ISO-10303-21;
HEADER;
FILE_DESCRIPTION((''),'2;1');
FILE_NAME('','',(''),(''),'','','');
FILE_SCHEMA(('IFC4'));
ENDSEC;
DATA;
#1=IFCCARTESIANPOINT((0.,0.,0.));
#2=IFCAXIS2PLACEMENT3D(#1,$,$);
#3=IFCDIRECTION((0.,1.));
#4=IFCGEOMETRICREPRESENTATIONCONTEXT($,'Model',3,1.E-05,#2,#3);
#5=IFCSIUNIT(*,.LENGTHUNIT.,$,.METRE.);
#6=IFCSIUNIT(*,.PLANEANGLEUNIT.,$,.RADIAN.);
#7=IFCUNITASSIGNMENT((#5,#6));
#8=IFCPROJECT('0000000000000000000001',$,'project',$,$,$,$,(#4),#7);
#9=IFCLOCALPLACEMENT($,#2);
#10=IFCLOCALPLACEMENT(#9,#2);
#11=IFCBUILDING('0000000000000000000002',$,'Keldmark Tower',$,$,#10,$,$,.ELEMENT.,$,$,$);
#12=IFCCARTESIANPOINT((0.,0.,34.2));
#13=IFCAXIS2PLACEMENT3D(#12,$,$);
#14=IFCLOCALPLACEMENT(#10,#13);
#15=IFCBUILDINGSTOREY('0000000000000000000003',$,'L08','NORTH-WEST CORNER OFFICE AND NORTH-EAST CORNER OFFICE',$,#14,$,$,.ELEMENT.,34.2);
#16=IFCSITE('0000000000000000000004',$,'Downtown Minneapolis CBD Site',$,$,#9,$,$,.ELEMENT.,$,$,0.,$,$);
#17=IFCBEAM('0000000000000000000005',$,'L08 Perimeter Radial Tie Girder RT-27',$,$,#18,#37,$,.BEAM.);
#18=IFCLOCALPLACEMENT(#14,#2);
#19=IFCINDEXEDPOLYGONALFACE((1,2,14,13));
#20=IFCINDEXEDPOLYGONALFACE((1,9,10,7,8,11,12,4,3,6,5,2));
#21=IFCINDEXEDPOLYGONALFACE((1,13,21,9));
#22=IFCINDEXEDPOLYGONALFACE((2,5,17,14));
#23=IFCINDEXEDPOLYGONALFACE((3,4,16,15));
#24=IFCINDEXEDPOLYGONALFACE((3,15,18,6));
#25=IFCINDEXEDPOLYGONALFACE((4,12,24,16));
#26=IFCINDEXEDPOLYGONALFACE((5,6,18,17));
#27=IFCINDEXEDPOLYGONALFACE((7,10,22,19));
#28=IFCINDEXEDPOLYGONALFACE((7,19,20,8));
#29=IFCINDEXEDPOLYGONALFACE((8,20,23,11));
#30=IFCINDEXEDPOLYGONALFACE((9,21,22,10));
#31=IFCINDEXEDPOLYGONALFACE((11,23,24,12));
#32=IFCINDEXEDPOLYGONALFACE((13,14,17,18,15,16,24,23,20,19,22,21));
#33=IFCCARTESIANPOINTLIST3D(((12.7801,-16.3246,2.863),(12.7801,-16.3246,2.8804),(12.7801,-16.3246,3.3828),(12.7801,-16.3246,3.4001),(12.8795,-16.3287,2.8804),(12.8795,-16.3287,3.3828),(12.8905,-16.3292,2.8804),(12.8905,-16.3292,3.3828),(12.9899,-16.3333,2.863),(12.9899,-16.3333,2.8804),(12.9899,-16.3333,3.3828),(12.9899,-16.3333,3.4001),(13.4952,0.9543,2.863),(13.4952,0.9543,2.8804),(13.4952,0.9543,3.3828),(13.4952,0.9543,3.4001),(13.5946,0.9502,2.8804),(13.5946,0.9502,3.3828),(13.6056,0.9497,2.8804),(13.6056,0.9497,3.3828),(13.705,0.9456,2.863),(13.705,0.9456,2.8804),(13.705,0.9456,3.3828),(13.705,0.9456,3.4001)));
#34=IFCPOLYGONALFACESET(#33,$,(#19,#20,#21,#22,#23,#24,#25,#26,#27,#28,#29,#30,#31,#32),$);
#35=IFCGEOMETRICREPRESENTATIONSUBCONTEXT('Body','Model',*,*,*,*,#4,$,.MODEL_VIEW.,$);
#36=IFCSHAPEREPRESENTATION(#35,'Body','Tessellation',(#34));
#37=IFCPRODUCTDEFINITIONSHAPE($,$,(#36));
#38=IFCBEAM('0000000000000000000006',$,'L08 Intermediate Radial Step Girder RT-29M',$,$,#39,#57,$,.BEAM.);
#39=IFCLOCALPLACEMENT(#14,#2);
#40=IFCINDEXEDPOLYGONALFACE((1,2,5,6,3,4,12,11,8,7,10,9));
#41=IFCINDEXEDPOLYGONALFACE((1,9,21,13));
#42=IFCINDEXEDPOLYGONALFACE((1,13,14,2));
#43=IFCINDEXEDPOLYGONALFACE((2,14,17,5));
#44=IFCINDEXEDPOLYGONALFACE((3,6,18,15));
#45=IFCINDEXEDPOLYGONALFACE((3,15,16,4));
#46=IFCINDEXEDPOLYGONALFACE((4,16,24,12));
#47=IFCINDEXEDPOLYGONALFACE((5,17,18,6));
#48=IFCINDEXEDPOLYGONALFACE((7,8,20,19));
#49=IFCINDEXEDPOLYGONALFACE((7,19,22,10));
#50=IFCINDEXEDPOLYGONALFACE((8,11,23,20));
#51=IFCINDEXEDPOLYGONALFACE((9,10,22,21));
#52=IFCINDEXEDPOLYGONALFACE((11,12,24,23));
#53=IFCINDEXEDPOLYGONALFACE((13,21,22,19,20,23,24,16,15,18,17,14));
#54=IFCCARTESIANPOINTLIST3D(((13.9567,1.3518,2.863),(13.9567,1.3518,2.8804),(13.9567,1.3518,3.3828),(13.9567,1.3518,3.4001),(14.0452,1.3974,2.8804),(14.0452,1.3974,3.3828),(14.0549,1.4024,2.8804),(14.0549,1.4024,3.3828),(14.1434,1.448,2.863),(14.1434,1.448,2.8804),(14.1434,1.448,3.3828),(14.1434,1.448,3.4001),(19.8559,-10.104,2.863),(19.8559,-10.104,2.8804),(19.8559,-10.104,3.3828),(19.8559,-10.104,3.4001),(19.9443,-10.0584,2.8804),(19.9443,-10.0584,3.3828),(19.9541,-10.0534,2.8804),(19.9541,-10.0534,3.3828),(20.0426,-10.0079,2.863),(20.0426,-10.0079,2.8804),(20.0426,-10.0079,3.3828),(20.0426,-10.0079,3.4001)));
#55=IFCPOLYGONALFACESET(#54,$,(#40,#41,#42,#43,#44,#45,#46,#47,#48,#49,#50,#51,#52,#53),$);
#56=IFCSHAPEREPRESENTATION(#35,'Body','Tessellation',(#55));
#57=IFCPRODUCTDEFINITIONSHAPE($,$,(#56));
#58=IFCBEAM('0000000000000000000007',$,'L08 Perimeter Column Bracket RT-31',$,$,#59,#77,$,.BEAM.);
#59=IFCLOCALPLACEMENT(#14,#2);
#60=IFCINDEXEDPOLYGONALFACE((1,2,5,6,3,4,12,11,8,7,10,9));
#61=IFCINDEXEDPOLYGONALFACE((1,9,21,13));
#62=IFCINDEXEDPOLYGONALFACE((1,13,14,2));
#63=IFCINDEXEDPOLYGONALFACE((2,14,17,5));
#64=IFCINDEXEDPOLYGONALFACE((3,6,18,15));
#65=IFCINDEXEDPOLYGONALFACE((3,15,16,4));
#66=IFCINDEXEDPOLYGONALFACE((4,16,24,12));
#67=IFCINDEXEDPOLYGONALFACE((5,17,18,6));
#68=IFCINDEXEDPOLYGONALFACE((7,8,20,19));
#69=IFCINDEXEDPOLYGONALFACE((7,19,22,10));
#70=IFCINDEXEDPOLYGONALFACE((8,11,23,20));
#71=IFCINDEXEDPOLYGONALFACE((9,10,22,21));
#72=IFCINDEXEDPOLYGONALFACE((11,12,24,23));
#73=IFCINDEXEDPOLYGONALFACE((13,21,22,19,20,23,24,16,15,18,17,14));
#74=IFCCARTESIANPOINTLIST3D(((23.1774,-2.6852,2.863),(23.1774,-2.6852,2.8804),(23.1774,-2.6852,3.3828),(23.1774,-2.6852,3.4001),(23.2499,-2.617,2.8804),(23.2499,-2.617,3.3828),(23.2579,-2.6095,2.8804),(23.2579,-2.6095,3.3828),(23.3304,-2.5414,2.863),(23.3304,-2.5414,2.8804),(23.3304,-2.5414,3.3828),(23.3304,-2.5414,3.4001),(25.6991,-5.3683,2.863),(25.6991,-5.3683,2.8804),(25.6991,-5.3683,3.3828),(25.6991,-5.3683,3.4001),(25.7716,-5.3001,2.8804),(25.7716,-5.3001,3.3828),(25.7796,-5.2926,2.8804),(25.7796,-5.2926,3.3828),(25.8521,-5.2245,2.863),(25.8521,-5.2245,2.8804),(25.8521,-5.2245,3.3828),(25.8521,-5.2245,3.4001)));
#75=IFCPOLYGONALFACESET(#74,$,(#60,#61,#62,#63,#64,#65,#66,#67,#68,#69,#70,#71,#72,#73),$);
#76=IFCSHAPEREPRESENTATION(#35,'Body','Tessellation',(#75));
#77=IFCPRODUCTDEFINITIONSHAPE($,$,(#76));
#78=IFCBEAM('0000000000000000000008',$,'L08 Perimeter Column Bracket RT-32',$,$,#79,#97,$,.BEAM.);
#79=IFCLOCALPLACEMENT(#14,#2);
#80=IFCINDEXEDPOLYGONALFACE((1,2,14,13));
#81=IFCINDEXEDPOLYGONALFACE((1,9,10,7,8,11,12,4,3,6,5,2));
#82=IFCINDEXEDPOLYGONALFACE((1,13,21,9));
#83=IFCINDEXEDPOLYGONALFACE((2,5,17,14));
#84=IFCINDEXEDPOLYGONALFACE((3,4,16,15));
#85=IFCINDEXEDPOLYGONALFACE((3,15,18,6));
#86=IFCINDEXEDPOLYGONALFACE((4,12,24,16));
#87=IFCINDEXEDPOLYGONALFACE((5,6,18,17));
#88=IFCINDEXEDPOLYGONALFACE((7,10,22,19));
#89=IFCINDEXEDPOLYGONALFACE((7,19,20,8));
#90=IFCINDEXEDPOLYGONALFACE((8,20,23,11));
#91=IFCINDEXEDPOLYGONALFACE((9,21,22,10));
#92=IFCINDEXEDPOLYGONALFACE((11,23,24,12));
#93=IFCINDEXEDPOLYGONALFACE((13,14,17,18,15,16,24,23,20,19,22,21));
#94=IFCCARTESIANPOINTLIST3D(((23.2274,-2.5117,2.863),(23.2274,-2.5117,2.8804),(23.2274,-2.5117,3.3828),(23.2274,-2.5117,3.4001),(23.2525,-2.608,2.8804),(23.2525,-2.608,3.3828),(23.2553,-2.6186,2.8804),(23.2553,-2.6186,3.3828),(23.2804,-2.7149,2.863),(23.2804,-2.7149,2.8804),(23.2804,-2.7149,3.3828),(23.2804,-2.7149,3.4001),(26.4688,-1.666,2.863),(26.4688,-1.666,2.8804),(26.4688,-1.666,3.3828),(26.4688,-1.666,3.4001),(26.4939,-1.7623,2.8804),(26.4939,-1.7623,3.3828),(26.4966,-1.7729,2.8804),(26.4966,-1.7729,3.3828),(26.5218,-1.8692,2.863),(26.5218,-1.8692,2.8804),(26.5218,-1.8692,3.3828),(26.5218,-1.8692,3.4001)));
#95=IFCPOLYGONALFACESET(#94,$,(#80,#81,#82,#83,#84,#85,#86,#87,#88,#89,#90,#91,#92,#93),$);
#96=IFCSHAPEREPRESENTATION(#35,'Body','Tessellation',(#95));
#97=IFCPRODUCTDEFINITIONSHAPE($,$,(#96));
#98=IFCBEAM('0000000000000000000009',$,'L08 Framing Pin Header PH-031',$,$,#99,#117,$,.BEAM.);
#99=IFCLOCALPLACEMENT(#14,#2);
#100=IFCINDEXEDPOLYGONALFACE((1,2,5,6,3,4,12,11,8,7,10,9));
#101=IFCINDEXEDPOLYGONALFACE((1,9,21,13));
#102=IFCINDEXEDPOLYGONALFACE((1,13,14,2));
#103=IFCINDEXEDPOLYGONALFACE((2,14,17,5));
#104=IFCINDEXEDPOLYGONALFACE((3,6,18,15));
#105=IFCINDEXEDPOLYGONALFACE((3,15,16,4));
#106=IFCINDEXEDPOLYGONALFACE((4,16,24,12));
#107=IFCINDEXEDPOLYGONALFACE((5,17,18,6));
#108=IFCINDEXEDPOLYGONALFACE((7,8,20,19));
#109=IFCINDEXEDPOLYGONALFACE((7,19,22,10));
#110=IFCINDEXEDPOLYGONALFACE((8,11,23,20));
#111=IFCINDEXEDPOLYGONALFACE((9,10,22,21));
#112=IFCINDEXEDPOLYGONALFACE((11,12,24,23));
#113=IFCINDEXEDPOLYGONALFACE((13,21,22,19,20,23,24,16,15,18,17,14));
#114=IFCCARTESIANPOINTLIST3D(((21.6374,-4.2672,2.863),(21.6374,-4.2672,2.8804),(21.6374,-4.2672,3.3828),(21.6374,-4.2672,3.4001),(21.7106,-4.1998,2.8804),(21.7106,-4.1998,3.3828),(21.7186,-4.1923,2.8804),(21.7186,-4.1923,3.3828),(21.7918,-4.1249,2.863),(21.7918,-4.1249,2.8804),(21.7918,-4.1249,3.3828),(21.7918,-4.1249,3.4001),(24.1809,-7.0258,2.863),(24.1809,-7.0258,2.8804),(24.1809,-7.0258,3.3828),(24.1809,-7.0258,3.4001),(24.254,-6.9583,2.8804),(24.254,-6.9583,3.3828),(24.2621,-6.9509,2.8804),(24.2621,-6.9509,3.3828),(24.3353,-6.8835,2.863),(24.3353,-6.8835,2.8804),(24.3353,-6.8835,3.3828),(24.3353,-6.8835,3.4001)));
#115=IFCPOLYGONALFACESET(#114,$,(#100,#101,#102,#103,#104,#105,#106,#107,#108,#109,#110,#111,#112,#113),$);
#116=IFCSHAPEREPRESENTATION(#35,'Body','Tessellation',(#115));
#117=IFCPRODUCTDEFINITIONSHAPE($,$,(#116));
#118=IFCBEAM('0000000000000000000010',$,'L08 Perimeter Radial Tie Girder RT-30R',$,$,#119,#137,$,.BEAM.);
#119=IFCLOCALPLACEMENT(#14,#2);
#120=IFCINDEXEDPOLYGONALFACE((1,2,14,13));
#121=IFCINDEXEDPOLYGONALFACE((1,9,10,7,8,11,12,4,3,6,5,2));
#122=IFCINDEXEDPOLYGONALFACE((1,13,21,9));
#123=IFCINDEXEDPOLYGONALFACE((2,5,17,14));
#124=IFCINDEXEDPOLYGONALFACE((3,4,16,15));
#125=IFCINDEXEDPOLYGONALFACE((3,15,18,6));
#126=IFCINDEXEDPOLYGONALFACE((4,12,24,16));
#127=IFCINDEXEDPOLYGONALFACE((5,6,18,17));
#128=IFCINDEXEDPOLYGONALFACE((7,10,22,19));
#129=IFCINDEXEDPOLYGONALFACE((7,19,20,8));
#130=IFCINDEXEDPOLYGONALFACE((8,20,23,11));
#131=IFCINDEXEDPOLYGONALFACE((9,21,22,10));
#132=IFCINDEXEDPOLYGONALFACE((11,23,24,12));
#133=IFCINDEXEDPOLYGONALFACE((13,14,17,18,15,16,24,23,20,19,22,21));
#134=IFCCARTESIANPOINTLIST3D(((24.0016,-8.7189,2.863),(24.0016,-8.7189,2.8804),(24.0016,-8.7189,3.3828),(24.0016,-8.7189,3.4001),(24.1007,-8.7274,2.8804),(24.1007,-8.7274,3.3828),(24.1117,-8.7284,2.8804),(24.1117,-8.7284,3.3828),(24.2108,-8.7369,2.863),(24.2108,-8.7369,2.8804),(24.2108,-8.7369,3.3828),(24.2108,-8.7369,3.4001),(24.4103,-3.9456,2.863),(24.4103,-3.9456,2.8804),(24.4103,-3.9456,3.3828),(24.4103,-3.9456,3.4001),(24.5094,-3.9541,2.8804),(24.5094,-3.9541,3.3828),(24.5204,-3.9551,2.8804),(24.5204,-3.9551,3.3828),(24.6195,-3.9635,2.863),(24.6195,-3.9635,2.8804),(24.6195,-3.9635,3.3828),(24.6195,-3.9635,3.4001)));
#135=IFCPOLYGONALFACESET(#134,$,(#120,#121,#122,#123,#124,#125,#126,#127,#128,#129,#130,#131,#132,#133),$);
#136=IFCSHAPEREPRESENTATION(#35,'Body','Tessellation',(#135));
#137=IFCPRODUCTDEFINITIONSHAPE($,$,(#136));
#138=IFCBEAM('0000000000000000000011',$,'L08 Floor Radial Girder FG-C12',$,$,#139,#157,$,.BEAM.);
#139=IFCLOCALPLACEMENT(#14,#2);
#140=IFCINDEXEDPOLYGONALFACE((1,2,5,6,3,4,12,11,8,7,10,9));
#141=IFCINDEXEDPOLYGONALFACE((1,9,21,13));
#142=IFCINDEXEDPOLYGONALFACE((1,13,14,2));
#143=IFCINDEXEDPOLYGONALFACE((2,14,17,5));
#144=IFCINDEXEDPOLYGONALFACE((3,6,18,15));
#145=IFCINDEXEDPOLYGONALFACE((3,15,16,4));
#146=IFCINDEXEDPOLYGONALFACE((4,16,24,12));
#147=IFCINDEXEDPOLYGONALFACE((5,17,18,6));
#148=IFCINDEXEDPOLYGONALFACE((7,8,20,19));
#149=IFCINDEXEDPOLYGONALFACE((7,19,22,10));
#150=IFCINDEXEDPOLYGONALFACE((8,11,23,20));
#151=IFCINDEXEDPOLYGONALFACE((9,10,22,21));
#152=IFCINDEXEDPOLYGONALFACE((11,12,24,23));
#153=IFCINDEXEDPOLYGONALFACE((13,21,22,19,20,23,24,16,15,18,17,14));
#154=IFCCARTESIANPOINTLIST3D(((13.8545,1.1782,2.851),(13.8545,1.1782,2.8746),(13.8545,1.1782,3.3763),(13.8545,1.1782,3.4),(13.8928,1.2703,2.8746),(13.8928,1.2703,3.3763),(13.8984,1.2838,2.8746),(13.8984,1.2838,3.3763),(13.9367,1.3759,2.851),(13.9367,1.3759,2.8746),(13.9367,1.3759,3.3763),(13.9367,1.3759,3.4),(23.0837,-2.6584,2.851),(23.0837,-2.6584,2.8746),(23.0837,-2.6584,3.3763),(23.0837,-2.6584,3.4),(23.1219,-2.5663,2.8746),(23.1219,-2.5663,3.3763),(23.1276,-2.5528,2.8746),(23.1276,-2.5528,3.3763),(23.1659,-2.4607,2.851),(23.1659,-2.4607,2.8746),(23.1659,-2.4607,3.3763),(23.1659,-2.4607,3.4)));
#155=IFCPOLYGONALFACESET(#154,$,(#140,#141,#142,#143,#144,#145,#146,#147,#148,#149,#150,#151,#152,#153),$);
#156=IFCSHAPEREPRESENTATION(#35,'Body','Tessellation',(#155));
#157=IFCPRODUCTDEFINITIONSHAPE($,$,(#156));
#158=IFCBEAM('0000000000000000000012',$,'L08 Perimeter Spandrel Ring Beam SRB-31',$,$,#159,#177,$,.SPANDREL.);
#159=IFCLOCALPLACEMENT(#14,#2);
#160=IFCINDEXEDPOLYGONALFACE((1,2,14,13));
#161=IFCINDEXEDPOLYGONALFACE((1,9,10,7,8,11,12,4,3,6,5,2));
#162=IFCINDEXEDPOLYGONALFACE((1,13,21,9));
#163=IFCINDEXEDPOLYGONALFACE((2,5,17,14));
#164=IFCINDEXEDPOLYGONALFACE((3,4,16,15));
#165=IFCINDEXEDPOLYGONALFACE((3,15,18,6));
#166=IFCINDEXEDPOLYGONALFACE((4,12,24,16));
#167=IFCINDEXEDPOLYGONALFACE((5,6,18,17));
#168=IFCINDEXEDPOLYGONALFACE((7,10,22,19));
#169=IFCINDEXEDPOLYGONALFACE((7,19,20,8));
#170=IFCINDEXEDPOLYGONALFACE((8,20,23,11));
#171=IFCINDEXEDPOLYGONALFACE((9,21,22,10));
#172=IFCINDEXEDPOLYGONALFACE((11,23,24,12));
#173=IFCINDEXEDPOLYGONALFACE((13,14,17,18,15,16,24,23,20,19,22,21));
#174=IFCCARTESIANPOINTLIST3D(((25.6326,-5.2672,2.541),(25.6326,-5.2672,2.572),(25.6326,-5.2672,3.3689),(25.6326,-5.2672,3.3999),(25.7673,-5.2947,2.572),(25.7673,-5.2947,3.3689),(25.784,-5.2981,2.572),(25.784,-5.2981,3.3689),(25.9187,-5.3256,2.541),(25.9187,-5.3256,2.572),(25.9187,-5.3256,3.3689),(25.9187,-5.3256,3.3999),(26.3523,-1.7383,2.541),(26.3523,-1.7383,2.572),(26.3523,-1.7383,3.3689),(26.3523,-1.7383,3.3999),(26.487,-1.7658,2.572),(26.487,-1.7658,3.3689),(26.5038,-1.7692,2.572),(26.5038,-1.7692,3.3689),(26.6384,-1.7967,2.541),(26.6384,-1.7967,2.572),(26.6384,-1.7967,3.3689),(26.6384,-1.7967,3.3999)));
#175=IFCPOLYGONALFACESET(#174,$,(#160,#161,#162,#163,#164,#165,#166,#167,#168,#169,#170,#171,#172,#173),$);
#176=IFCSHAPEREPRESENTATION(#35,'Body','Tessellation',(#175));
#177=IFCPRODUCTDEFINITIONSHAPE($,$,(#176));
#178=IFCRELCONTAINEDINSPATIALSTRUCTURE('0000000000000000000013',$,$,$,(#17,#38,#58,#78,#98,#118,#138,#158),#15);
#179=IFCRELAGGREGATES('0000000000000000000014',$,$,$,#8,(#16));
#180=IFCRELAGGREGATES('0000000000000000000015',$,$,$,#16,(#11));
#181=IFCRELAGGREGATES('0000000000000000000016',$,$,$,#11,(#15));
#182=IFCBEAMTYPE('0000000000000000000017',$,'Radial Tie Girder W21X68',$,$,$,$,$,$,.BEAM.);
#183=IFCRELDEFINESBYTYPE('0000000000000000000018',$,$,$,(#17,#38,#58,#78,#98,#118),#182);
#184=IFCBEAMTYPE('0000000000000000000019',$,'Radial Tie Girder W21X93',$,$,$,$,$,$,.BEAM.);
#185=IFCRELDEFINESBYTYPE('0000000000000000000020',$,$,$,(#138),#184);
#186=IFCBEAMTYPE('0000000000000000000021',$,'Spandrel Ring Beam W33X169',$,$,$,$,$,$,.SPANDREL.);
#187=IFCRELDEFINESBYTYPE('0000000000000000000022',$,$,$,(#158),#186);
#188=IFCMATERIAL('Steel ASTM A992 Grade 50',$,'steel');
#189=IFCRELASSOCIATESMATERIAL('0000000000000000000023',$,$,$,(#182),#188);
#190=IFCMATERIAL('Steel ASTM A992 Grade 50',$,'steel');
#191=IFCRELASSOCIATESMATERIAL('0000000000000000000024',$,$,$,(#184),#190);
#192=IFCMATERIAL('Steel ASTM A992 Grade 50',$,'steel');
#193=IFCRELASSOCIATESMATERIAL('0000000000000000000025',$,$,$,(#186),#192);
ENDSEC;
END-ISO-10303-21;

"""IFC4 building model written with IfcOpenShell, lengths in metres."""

from ifc_helpers import new_model, si_unit, direction, frame, origin, origin_2d, place, context, subcontext, project, spatial, i_section, extrude, material, material_profile, profile_set, type_object, element, save


model = new_model("IFC4")

# Units and contexts
model_context = context("Model", 3, precision=1e-05, world=origin(), true_north=direction((0.0, 1.0)))
body_context = subcontext(model_context, "Body", "Model", "MODEL_VIEW")
ifc_project = project(units=[si_unit("LENGTHUNIT", "METRE"), si_unit("PLANEANGLEUNIT", "RADIAN")], contexts=[model_context])

# Site, building, storey
site_placement = place(None, origin())
site = spatial("IfcSite", under=ifc_project, at=site_placement, Name="Downtown Minneapolis CBD Site", CompositionType="ELEMENT", RefElevation=0.0)
building_placement = place(site_placement, origin())
building = spatial("IfcBuilding", under=site, at=building_placement, Name="Keldmark Tower", CompositionType="ELEMENT")
storey_placement = place(building_placement, frame((0.0, 0.0, 34.2)))
storey = spatial("IfcBuildingStorey", under=building, at=storey_placement, Name="L08", Description="NORTH-WEST CORNER OFFICE AND NORTH-EAST CORNER OFFICE", CompositionType="ELEMENT", Elevation=34.2)

# Beams
ifc_material_1 = material(Name="Steel ASTM A992 Grade 50", Category="steel")
ifc_material_profile_1 = material_profile(ifc_material_1, i_section(OverallWidth=0.21, OverallDepth=0.5371, WebThickness=0.011, FlangeThickness=0.0173, at=origin_2d()), Name="W21X68")
ifc_profile_set_1 = profile_set([ifc_material_profile_1], Name="Steel ASTM A992 Grade 50")
beam_type_1 = type_object("IfcBeamType", Name="Radial Tie Girder W21X68", PredefinedType="BEAM", material=ifc_profile_set_1)
beam_1_placement = place(storey_placement, frame((13.6001, 0.95, 3.1316), z_axis=(-0.04135, -0.999145, 0.0), x_axis=(0.999145, -0.04135, 0.0)))
element("IfcBeam", 1, at=beam_1_placement, inside=storey, type_object=beam_type_1, Name="L08 Perimeter Radial Tie Girder RT-27", PredefinedType="BEAM", context=body_context, shape_type="SweptSolid", body=[
    extrude(i_section(OverallWidth=0.21, OverallDepth=0.5371, WebThickness=0.011, FlangeThickness=0.0173, at=origin_2d()), origin(), (0.0, 0.0, 1.0), 17.2937),
])
beam_2_placement = place(storey_placement, frame((14.05, 1.3999, 3.1316), z_axis=(0.457815, -0.889047, 0.0), x_axis=(0.889047, 0.457815, 0.0)))
element("IfcBeam", 2, at=beam_2_placement, inside=storey, type_object=beam_type_1, Name="L08 Intermediate Radial Step Girder RT-29M", PredefinedType="BEAM", context=body_context, shape_type="SweptSolid", body=[
    extrude(i_section(OverallWidth=0.21, OverallDepth=0.5371, WebThickness=0.011, FlangeThickness=0.0173, at=origin_2d()), origin(), (0.0, 0.0, 1.0), 12.8855),
])
beam_3_placement = place(storey_placement, frame((23.2539, -2.6133, 3.1316), z_axis=(0.684854, -0.728681, 0.0), x_axis=(0.728681, 0.684854, 0.0)))
element("IfcBeam", 3, at=beam_3_placement, inside=storey, type_object=beam_type_1, Name="L08 Perimeter Column Bracket RT-31", PredefinedType="BEAM", context=body_context, shape_type="SweptSolid", body=[
    extrude(i_section(OverallWidth=0.21, OverallDepth=0.5371, WebThickness=0.011, FlangeThickness=0.0173, at=origin_2d()), origin(), (0.0, 0.0, 1.0), 3.6821),
])
beam_4_placement = place(storey_placement, frame((23.2539, -2.6133, 3.1316), z_axis=(0.96761, 0.252452, 0.0), x_axis=(-0.252452, 0.96761, 0.0)))
element("IfcBeam", 4, at=beam_4_placement, inside=storey, type_object=beam_type_1, Name="L08 Perimeter Column Bracket RT-32", PredefinedType="BEAM", context=body_context, shape_type="SweptSolid", body=[
    extrude(i_section(OverallWidth=0.21, OverallDepth=0.5371, WebThickness=0.011, FlangeThickness=0.0173, at=origin_2d()), origin(), (0.0, 0.0, 1.0), 3.3499),
])
beam_5_placement = place(storey_placement, frame((21.7146, -4.196, 3.1316), z_axis=(0.677864, -0.735187, 0.0), x_axis=(0.735187, 0.677864, 0.0)))
element("IfcBeam", 5, at=beam_5_placement, inside=storey, type_object=beam_type_1, Name="L08 Framing Pin Header PH-031", PredefinedType="BEAM", context=body_context, shape_type="SweptSolid", body=[
    extrude(i_section(OverallWidth=0.21, OverallDepth=0.5371, WebThickness=0.011, FlangeThickness=0.0173, at=origin_2d()), origin(), (0.0, 0.0, 1.0), 3.7522),
])
beam_6_placement = place(storey_placement, frame((24.5149, -3.9546, 3.1316), z_axis=(-0.08531, -0.996354, 0.0), x_axis=(0.996354, -0.08531, 0.0)))
element("IfcBeam", 6, at=beam_6_placement, inside=storey, type_object=beam_type_1, Name="L08 Perimeter Radial Tie Girder RT-30R", PredefinedType="BEAM", context=body_context, shape_type="SweptSolid", body=[
    extrude(i_section(OverallWidth=0.21, OverallDepth=0.5371, WebThickness=0.011, FlangeThickness=0.0173, at=origin_2d()), origin(), (0.0, 0.0, 1.0), 4.7908),
])
ifc_material_2 = material(Name="Steel ASTM A992 Grade 50", Category="steel")
ifc_material_profile_2 = material_profile(ifc_material_2, i_section(OverallWidth=0.2141, OverallDepth=0.5491, WebThickness=0.0146, FlangeThickness=0.0237, at=origin_2d()), Name="W21X93")
ifc_profile_set_2 = profile_set([ifc_material_profile_2], Name="Steel ASTM A992 Grade 50")
beam_type_2 = type_object("IfcBeamType", Name="Radial Tie Girder W21X93", PredefinedType="BEAM", material=ifc_profile_set_2)
beam_7_placement = place(storey_placement, frame((23.1248, -2.5596, 3.1255), z_axis=(-0.923391, 0.383861, 0.0), x_axis=(-0.383861, -0.923391, 0.0)))
element("IfcBeam", 7, at=beam_7_placement, inside=storey, type_object=beam_type_2, Name="L08 Floor Radial Girder FG-C12", PredefinedType="BEAM", context=body_context, shape_type="SweptSolid", body=[
    extrude(i_section(OverallWidth=0.2141, OverallDepth=0.5491, WebThickness=0.0146, FlangeThickness=0.0237, at=origin_2d()), origin(), (0.0, 0.0, 1.0), 9.9949),
])
ifc_material_3 = material(Name="Steel ASTM A992 Grade 50", Category="steel")
ifc_material_profile_3 = material_profile(ifc_material_3, i_section(OverallWidth=0.292, OverallDepth=0.8589, WebThickness=0.0171, FlangeThickness=0.031, at=origin_2d()), Name="W33X169")
ifc_profile_set_3 = profile_set([ifc_material_profile_3], Name="Steel ASTM A992 Grade 50")
beam_type_3 = type_object("IfcBeamType", Name="Spandrel Ring Beam W33X169", PredefinedType="SPANDREL", material=ifc_profile_set_3)
beam_8_placement = place(storey_placement, frame((25.7756, -5.2964, 2.9705), z_axis=(0.199843, 0.979828, 0.0), x_axis=(-0.979828, 0.199843, 0.0)))
element("IfcBeam", 8, at=beam_8_placement, inside=storey, type_object=beam_type_3, Name="L08 Perimeter Spandrel Ring Beam SRB-31", PredefinedType="SPANDREL", context=body_context, shape_type="SweptSolid", body=[
    extrude(i_section(OverallWidth=0.292, OverallDepth=0.8589, WebThickness=0.0171, FlangeThickness=0.031, at=origin_2d()), origin(), (0.0, 0.0, 1.0), 3.6016),
])

save(model, "model.ifc")
